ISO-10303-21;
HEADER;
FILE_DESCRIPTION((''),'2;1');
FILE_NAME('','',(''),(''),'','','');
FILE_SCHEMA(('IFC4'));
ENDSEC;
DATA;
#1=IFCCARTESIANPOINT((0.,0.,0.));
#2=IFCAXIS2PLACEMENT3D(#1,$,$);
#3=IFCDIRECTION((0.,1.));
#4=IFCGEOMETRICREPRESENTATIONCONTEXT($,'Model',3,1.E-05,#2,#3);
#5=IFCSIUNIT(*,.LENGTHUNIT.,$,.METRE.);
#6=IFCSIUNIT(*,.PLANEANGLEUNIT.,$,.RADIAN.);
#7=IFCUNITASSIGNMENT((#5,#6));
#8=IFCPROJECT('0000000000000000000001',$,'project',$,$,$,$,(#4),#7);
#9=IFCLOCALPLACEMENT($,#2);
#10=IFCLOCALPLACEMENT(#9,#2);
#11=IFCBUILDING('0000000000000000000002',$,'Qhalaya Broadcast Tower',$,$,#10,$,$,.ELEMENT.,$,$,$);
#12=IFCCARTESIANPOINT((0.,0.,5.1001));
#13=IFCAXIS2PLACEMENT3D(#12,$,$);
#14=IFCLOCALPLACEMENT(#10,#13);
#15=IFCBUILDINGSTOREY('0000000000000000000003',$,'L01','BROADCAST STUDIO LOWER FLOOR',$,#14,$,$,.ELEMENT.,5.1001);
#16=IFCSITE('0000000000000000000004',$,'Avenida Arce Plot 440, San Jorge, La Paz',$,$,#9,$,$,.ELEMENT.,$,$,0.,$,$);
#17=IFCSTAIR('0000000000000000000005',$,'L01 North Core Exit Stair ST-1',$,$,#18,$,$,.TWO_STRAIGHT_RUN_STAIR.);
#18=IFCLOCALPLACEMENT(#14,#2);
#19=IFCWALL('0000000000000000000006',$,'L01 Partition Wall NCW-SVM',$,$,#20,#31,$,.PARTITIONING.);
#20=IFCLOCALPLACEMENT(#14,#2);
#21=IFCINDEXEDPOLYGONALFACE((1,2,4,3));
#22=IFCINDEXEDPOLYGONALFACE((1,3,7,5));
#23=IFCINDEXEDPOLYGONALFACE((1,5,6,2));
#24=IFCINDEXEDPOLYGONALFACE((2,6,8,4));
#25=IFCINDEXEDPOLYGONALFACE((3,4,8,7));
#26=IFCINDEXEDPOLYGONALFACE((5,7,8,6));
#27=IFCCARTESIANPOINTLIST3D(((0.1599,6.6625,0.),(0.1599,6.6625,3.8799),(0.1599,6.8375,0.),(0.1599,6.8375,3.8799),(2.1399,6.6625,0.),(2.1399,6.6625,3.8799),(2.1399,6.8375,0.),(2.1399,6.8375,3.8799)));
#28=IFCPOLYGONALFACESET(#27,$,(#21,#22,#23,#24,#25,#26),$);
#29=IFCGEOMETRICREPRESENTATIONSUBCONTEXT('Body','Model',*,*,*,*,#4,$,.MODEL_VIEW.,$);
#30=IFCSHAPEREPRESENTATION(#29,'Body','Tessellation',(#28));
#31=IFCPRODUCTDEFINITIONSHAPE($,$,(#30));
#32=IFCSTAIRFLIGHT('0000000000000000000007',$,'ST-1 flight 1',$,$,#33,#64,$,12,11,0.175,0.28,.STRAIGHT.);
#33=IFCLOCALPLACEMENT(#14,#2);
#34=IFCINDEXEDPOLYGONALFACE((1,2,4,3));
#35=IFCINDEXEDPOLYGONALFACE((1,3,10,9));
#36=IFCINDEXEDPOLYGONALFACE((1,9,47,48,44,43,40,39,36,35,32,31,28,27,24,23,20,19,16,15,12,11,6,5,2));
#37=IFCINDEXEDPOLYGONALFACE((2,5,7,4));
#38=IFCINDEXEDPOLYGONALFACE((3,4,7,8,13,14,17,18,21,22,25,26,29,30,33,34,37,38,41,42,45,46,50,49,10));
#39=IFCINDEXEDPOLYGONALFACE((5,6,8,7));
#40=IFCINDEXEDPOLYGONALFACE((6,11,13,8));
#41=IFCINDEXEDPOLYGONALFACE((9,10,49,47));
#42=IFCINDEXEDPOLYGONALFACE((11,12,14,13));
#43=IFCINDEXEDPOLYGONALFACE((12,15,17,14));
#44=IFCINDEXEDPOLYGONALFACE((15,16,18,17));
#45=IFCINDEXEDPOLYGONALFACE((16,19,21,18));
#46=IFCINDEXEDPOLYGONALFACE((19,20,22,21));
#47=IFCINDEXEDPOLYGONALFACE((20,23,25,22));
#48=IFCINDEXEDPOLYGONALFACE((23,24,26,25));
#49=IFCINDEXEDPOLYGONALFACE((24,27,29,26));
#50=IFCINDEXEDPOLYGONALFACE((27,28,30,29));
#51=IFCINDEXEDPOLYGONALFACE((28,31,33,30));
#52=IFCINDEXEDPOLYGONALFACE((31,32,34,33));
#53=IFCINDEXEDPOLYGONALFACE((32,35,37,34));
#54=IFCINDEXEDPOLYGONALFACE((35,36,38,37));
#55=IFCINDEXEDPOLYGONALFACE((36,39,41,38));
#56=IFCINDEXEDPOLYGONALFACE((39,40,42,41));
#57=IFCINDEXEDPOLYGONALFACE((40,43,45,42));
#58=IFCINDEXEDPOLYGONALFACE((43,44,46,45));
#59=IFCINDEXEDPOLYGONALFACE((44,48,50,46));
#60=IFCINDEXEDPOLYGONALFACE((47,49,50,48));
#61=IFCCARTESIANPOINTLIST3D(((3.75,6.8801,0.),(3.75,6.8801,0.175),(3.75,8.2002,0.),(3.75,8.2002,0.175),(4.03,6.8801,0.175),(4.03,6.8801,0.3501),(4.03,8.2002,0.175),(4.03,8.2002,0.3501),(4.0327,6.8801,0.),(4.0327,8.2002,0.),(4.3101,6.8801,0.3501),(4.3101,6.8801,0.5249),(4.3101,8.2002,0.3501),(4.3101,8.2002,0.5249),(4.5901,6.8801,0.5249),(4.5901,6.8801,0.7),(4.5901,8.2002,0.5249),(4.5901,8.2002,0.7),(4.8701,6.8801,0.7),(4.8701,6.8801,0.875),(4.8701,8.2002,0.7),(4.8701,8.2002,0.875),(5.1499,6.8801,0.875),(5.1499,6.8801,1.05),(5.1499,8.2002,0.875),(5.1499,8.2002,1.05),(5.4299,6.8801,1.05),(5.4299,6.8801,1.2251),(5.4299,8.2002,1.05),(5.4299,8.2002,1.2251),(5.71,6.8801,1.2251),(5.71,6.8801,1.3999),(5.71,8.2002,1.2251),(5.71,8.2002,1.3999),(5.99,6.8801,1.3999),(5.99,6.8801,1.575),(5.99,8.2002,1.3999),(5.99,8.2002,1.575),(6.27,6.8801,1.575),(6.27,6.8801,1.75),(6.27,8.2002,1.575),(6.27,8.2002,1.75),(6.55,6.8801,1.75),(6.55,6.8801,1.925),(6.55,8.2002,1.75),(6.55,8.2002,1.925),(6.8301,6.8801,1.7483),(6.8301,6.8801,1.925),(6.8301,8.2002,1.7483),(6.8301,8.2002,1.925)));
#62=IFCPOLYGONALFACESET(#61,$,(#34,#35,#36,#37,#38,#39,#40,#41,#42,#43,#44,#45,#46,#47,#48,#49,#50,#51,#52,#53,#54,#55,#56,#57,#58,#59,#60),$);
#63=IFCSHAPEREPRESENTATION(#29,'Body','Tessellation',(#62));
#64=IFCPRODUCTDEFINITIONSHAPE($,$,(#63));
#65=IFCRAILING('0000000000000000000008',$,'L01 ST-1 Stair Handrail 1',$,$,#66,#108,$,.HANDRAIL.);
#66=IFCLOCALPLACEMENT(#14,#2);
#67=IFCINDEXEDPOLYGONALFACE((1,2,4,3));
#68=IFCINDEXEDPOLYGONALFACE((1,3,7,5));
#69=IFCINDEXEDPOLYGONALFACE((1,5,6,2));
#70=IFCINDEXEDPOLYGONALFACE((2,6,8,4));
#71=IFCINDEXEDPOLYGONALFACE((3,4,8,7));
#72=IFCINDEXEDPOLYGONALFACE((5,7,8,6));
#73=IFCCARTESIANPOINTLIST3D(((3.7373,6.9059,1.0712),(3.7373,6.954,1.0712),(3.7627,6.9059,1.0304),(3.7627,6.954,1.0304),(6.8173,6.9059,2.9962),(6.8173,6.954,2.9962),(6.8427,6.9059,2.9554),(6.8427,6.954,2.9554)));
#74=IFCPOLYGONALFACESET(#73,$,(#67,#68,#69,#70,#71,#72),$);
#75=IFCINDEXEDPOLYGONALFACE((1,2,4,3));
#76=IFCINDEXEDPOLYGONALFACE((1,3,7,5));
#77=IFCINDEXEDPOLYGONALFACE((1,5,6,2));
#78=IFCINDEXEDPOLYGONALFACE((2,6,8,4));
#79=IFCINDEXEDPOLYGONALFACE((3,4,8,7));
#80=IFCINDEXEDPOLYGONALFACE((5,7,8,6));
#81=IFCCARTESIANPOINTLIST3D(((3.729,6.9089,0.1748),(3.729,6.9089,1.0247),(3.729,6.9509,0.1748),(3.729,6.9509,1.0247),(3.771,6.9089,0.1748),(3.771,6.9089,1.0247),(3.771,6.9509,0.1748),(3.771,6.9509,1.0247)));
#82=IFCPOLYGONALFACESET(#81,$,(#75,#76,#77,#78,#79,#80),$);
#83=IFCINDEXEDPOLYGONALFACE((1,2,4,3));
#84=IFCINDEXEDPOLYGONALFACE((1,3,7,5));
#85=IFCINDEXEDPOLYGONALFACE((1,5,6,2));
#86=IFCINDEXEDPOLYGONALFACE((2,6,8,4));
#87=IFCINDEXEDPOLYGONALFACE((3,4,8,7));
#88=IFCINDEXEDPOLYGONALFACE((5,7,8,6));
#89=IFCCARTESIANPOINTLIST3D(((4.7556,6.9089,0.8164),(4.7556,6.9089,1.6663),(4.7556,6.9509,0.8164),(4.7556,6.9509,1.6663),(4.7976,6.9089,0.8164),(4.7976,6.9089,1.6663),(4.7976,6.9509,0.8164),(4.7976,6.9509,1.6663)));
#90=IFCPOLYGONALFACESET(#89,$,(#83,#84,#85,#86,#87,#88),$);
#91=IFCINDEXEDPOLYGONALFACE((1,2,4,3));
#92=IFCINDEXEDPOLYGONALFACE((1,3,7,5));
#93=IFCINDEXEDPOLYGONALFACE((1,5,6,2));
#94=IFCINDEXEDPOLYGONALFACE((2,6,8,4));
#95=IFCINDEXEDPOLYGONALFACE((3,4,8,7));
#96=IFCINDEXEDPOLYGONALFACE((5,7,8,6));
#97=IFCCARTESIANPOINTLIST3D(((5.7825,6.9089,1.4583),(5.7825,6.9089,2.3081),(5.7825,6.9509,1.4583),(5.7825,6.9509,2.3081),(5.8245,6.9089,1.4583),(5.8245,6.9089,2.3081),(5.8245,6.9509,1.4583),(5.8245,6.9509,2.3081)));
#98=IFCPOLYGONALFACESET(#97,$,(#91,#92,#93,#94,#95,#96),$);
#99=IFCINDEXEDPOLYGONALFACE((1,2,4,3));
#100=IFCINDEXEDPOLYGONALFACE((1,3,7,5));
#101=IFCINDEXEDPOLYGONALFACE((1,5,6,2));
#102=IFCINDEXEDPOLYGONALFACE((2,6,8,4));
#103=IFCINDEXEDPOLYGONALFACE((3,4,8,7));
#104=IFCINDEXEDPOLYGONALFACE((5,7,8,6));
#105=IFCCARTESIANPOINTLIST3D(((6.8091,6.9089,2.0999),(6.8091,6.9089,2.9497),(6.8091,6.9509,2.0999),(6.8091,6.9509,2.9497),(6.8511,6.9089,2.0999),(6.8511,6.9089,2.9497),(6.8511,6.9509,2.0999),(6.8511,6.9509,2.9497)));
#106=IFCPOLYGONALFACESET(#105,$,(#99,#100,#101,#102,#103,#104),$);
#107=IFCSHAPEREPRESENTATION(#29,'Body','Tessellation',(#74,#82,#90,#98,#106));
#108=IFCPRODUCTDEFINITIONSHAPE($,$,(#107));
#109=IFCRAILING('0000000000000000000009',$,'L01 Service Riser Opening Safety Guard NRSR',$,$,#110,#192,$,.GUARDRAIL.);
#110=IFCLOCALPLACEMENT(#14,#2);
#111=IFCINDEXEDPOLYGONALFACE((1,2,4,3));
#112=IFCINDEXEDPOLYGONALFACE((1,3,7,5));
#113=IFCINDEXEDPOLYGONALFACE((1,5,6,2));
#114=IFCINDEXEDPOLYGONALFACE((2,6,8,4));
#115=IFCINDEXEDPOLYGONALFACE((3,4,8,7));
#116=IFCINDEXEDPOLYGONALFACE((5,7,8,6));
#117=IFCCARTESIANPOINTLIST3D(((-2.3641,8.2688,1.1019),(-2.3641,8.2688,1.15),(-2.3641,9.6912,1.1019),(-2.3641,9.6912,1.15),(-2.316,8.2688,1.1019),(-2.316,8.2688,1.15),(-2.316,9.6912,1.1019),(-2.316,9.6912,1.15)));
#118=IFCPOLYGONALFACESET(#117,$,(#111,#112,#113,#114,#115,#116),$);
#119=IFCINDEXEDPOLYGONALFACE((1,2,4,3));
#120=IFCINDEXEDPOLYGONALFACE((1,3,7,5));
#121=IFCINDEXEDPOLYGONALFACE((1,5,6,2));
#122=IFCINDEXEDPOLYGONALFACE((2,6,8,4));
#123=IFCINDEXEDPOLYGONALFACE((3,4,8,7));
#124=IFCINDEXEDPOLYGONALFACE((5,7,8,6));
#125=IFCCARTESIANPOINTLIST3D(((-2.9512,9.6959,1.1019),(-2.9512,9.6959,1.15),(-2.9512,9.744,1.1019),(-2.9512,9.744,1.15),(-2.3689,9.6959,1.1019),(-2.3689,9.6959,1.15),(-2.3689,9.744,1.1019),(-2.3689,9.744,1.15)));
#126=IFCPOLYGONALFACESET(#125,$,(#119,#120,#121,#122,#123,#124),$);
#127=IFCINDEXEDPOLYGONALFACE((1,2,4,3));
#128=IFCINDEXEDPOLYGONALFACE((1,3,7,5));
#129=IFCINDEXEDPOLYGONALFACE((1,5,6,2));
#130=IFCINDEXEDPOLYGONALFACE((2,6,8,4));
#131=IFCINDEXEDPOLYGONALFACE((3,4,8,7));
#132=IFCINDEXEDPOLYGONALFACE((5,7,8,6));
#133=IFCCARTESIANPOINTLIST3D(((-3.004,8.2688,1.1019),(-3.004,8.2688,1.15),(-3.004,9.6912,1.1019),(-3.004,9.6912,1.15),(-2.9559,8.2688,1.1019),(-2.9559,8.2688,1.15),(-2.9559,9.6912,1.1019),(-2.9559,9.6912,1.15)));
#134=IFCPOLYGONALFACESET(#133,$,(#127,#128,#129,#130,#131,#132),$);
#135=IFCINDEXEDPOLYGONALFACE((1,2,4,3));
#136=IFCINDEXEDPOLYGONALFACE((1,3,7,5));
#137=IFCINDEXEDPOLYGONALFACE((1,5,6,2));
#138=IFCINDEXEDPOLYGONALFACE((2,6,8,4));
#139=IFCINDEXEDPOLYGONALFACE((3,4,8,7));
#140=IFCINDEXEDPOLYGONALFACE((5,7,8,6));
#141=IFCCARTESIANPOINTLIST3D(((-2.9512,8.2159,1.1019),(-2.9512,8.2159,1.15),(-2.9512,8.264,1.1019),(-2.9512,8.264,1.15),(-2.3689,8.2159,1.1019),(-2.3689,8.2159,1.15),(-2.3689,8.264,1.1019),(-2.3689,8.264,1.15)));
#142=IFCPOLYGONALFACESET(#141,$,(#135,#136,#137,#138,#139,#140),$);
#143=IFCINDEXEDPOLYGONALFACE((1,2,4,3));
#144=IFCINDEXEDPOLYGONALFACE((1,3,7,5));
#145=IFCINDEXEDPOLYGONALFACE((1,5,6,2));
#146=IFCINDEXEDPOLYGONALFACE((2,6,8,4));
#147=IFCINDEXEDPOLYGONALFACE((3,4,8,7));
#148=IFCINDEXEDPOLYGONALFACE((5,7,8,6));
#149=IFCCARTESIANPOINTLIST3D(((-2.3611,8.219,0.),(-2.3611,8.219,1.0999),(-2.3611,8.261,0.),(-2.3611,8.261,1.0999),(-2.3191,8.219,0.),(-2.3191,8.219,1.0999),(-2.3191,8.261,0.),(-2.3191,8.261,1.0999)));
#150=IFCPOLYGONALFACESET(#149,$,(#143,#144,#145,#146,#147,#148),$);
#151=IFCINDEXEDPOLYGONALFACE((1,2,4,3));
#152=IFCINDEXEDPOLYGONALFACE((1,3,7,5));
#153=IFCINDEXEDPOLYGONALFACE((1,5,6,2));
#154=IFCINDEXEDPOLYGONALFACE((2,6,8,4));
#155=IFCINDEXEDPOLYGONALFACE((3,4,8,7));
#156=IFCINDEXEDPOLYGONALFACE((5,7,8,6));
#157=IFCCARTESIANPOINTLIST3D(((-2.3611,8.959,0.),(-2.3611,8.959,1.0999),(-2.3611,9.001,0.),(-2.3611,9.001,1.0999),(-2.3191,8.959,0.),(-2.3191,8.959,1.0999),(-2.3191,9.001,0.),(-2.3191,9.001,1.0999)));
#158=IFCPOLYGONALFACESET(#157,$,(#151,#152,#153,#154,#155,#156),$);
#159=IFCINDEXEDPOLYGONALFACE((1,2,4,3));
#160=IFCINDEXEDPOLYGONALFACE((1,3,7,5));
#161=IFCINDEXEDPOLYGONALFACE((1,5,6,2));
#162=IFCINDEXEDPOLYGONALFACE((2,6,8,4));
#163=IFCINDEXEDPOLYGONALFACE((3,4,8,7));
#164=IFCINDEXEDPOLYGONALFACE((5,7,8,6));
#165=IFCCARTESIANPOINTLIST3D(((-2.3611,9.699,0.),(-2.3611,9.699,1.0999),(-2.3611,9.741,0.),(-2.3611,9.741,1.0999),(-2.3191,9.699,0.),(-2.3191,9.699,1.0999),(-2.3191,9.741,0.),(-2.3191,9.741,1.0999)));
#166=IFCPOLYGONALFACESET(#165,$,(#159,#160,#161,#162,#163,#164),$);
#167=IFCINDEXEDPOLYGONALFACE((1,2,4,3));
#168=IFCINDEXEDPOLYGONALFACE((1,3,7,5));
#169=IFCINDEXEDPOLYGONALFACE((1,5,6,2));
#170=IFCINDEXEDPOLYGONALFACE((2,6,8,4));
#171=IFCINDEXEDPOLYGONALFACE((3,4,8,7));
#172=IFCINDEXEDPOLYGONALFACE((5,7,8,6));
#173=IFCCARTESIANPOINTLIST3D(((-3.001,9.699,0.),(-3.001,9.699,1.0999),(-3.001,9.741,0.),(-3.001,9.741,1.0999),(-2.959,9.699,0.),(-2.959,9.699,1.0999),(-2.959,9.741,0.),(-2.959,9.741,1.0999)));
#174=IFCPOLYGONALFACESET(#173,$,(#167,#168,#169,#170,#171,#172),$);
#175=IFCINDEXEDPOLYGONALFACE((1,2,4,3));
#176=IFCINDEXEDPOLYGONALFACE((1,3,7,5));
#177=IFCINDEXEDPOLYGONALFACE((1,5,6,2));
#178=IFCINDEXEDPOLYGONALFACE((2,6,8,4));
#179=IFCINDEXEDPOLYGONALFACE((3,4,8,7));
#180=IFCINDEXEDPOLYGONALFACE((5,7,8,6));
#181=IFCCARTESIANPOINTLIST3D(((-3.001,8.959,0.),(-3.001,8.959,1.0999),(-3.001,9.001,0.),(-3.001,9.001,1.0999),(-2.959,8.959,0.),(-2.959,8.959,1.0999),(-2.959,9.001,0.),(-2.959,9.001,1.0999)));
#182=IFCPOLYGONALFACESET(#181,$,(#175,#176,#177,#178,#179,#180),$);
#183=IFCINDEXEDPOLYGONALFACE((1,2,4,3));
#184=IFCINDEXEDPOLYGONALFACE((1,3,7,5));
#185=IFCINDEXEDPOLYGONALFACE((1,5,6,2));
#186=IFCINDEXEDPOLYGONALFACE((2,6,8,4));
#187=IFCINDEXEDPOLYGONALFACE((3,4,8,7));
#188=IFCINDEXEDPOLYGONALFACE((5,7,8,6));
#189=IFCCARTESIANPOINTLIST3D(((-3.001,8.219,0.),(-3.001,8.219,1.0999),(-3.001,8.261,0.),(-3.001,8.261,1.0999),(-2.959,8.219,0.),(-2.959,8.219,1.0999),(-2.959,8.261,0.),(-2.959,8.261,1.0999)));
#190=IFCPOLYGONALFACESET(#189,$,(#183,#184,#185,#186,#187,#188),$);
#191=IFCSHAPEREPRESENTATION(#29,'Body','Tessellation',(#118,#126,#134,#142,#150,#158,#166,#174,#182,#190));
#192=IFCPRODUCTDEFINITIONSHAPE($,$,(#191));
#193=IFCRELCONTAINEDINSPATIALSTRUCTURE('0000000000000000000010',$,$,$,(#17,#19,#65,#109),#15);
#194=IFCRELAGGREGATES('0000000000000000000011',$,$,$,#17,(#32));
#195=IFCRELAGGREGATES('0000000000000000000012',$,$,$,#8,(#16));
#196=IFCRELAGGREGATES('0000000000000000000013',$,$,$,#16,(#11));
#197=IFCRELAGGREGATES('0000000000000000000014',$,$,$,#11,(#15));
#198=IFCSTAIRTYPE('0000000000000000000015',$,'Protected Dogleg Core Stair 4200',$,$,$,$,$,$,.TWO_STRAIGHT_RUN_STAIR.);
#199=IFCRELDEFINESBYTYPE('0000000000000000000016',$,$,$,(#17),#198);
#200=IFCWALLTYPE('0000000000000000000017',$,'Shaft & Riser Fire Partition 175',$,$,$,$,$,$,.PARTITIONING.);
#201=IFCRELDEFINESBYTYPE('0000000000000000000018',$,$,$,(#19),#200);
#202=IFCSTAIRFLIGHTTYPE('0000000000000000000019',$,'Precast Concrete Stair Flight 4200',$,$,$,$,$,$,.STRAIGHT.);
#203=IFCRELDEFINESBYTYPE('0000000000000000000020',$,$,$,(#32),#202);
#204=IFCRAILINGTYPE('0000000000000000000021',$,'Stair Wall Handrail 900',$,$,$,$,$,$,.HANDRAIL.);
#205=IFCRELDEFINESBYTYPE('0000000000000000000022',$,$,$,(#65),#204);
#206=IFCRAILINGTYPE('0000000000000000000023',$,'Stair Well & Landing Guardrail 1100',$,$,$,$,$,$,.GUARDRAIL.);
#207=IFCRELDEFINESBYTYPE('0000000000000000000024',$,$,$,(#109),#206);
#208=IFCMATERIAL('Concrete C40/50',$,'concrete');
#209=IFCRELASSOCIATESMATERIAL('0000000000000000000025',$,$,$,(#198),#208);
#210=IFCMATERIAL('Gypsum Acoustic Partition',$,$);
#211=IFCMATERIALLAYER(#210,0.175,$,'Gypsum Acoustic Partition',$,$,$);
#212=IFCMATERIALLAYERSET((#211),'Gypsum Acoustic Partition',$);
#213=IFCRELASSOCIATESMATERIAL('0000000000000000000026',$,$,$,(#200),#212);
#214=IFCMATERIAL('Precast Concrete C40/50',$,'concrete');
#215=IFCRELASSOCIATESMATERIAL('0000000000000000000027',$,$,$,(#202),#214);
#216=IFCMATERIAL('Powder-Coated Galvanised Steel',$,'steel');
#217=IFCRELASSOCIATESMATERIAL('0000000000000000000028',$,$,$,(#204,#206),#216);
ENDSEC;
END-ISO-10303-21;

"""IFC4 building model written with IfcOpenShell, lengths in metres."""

from ifc_helpers import new_model, si_unit, direction, frame, frame_2d, origin, origin_2d, place, context, subcontext, project, spatial, polyline, rectangle, outline, extrude, material, layer, layer_set, type_object, element, aggregate, save


model = new_model("IFC4")

# Units and contexts
model_context = context("Model", 3, precision=1e-05, world=origin(), true_north=direction((0.0, 1.0)))
body_context = subcontext(model_context, "Body", "Model", "MODEL_VIEW")
ifc_project = project(units=[si_unit("LENGTHUNIT", "METRE"), si_unit("PLANEANGLEUNIT", "RADIAN")], contexts=[model_context])

# Site, building, storey
site_placement = place(None, origin())
site = spatial("IfcSite", under=ifc_project, at=site_placement, Name="Avenida Arce Plot 440, San Jorge, La Paz", CompositionType="ELEMENT", RefElevation=0.0)
building_placement = place(site_placement, origin())
building = spatial("IfcBuilding", under=site, at=building_placement, Name="Qhalaya Broadcast Tower", CompositionType="ELEMENT")
storey_placement = place(building_placement, frame((0.0, 0.0, 5.1001)))
storey = spatial("IfcBuildingStorey", under=building, at=storey_placement, Name="L01", Description="BROADCAST STUDIO LOWER FLOOR", CompositionType="ELEMENT", Elevation=5.1001)

# Shared definitions
ifc_material_1 = material(Name="Concrete C40/50", Category="concrete")

# Stair
stair_type = type_object("IfcStairType", Name="Protected Dogleg Core Stair 4200", PredefinedType="TWO_STRAIGHT_RUN_STAIR", material=ifc_material_1)
stair_1_placement = place(storey_placement, origin())
stair_1 = element("IfcStair", 1, at=stair_1_placement, inside=storey, type_object=stair_type, Name="L01 North Core Exit Stair ST-1", PredefinedType="TWO_STRAIGHT_RUN_STAIR")

# Shared definitions
ifc_material_2 = material(Name="Gypsum Acoustic Partition")

# Shared definitions
ifc_layer_1 = layer(ifc_material_2, 0.175, Name="Gypsum Acoustic Partition")
ifc_layer_set_1 = layer_set([ifc_layer_1], Name="Gypsum Acoustic Partition")
wall_type_1 = type_object("IfcWallType", Name="Shaft & Riser Fire Partition 175", PredefinedType="PARTITIONING", material=ifc_layer_set_1)

# Wall
wall_1_placement = place(storey_placement, frame((0.1599, 6.75, 0.0), z_axis=(0.0, 0.0, 1.0), x_axis=(1.0, 0.0, 0.0)))
element("IfcWall", 2, at=wall_1_placement, inside=storey, type_object=wall_type_1, Name="L01 Partition Wall NCW-SVM", PredefinedType="PARTITIONING", context=body_context, shape_type="SweptSolid", body=[
    extrude(rectangle(XDim=1.98, YDim=0.175, at=frame_2d((0.99, 0.0))), origin(), (0.0, 0.0, 1.0), 3.8799),
])

# Stair flight
ifc_material_3 = material(Name="Precast Concrete C40/50", Category="concrete")
stair_flight_type = type_object("IfcStairFlightType", Name="Precast Concrete Stair Flight 4200", PredefinedType="STRAIGHT", material=ifc_material_3)
stair_flight_placement = place(storey_placement, frame((3.75, 7.54, 0.0), z_axis=(0.0, 0.0, 1.0), x_axis=(1.0, 0.0, 0.0)))
stair_flight = element("IfcStairFlight", 3, at=stair_flight_placement, type_object=stair_flight_type, Name="ST-1 flight 1", NumberOfRisers=12, NumberOfTreads=11, PredefinedType="STRAIGHT", RiserHeight=0.175, TreadLength=0.28, context=body_context, shape_type="SweptSolid", body=[
    extrude(outline(polyline([(0.0, 0.0), (0.0, 0.175), (0.28, 0.175), (0.28, 0.3501), (0.5601, 0.3501), (0.5601, 0.5249), (0.8401, 0.5249), (0.8401, 0.7), (1.1201, 0.7), (1.1201, 0.875), (1.3999, 0.875), (1.3999, 1.05), (1.6799, 1.05), (1.6799, 1.2251), (1.96, 1.2251), (1.96, 1.3999), (2.24, 1.3999), (2.24, 1.575), (2.52, 1.575), (2.52, 1.75), (2.8, 1.75), (2.8, 1.925), (3.0801, 1.925), (3.0801, 2.1001), (3.0801, 1.7483), (0.2827, 0.0), (0.0, 0.0)])), frame((0.0, 0.6602, 0.0), z_axis=(0.0, -1.0, 0.0), x_axis=(1.0, 0.0, 0.0)), (0.0, 0.0, 1.0), 1.3201),
])
aggregate(stair_1, [stair_flight])

# Railings
ifc_material_4 = material(Name="Powder-Coated Galvanised Steel", Category="steel")
railing_type_1 = type_object("IfcRailingType", Name="Stair Wall Handrail 900", PredefinedType="HANDRAIL", material=ifc_material_4)
railing_1_placement = place(storey_placement, frame((3.75, 6.9299, 0.1748)))
element("IfcRailing", 4, at=railing_1_placement, inside=storey, type_object=railing_type_1, Name="L01 ST-1 Stair Handrail 1", PredefinedType="HANDRAIL", context=body_context, shape_type="SweptSolid", body=[
    extrude(rectangle(XDim=0.0481, YDim=0.0481, at=origin_2d()), frame((0.0, 0.0, 0.876), z_axis=(0.847998, 0.0, 0.529999), x_axis=(0.0, 1.0, 0.0)), (0.0, 0.0, 1.0), 3.6321),
    extrude(rectangle(XDim=0.042, YDim=0.042, at=origin_2d()), origin(), (0.0, 0.0, 1.0), 0.8499),
    extrude(rectangle(XDim=0.042, YDim=0.042, at=origin_2d()), frame((1.0266, 0.0, 0.6416)), (0.0, 0.0, 1.0), 0.8499),
    extrude(rectangle(XDim=0.042, YDim=0.042, at=origin_2d()), frame((2.0535, 0.0, 1.2834)), (0.0, 0.0, 1.0), 0.8499),
    extrude(rectangle(XDim=0.042, YDim=0.042, at=origin_2d()), frame((3.0801, 0.0, 1.925)), (0.0, 0.0, 1.0), 0.8499),
])
railing_type_2 = type_object("IfcRailingType", Name="Stair Well & Landing Guardrail 1100", PredefinedType="GUARDRAIL", material=ifc_material_4)
railing_2_placement = place(storey_placement, frame((-2.3401, 8.24, 0.0)))
element("IfcRailing", 5, at=railing_2_placement, inside=storey, type_object=railing_type_2, Name="L01 Service Riser Opening Safety Guard NRSR", PredefinedType="GUARDRAIL", context=body_context, shape_type="SweptSolid", body=[
    extrude(rectangle(XDim=0.0481, YDim=0.0481, at=origin_2d()), frame((0.0, 0.0288, 1.126), z_axis=(0.0, 1.0, 0.0), x_axis=(-1.0, 0.0, 0.0)), (0.0, 0.0, 1.0), 1.4224),
    extrude(rectangle(XDim=0.0481, YDim=0.0481, at=origin_2d()), frame((-0.0288, 1.48, 1.126), z_axis=(-1.0, 0.0, 0.0), x_axis=(0.0, -1.0, 0.0)), (0.0, 0.0, 1.0), 0.5823),
    extrude(rectangle(XDim=0.0481, YDim=0.0481, at=origin_2d()), frame((-0.6399, 1.4512, 1.126), z_axis=(0.0, -1.0, 0.0), x_axis=(1.0, 0.0, 0.0)), (0.0, 0.0, 1.0), 1.4224),
    extrude(rectangle(XDim=0.0481, YDim=0.0481, at=origin_2d()), frame((-0.6111, 0.0, 1.126), z_axis=(1.0, 0.0, 0.0), x_axis=(0.0, 1.0, 0.0)), (0.0, 0.0, 1.0), 0.5823),
    extrude(rectangle(XDim=0.042, YDim=0.042, at=origin_2d()), origin(), (0.0, 0.0, 1.0), 1.0999),
    extrude(rectangle(XDim=0.042, YDim=0.042, at=origin_2d()), frame((0.0, 0.74, 0.0)), (0.0, 0.0, 1.0), 1.0999),
    extrude(rectangle(XDim=0.042, YDim=0.042, at=origin_2d()), frame((0.0, 1.48, 0.0)), (0.0, 0.0, 1.0), 1.0999),
    extrude(rectangle(XDim=0.042, YDim=0.042, at=origin_2d()), frame((-0.6399, 1.48, 0.0)), (0.0, 0.0, 1.0), 1.0999),
    extrude(rectangle(XDim=0.042, YDim=0.042, at=origin_2d()), frame((-0.6399, 0.74, 0.0)), (0.0, 0.0, 1.0), 1.0999),
    extrude(rectangle(XDim=0.042, YDim=0.042, at=origin_2d()), frame((-0.6399, 0.0, 0.0)), (0.0, 0.0, 1.0), 1.0999),
])

save(model, "model.ifc")
